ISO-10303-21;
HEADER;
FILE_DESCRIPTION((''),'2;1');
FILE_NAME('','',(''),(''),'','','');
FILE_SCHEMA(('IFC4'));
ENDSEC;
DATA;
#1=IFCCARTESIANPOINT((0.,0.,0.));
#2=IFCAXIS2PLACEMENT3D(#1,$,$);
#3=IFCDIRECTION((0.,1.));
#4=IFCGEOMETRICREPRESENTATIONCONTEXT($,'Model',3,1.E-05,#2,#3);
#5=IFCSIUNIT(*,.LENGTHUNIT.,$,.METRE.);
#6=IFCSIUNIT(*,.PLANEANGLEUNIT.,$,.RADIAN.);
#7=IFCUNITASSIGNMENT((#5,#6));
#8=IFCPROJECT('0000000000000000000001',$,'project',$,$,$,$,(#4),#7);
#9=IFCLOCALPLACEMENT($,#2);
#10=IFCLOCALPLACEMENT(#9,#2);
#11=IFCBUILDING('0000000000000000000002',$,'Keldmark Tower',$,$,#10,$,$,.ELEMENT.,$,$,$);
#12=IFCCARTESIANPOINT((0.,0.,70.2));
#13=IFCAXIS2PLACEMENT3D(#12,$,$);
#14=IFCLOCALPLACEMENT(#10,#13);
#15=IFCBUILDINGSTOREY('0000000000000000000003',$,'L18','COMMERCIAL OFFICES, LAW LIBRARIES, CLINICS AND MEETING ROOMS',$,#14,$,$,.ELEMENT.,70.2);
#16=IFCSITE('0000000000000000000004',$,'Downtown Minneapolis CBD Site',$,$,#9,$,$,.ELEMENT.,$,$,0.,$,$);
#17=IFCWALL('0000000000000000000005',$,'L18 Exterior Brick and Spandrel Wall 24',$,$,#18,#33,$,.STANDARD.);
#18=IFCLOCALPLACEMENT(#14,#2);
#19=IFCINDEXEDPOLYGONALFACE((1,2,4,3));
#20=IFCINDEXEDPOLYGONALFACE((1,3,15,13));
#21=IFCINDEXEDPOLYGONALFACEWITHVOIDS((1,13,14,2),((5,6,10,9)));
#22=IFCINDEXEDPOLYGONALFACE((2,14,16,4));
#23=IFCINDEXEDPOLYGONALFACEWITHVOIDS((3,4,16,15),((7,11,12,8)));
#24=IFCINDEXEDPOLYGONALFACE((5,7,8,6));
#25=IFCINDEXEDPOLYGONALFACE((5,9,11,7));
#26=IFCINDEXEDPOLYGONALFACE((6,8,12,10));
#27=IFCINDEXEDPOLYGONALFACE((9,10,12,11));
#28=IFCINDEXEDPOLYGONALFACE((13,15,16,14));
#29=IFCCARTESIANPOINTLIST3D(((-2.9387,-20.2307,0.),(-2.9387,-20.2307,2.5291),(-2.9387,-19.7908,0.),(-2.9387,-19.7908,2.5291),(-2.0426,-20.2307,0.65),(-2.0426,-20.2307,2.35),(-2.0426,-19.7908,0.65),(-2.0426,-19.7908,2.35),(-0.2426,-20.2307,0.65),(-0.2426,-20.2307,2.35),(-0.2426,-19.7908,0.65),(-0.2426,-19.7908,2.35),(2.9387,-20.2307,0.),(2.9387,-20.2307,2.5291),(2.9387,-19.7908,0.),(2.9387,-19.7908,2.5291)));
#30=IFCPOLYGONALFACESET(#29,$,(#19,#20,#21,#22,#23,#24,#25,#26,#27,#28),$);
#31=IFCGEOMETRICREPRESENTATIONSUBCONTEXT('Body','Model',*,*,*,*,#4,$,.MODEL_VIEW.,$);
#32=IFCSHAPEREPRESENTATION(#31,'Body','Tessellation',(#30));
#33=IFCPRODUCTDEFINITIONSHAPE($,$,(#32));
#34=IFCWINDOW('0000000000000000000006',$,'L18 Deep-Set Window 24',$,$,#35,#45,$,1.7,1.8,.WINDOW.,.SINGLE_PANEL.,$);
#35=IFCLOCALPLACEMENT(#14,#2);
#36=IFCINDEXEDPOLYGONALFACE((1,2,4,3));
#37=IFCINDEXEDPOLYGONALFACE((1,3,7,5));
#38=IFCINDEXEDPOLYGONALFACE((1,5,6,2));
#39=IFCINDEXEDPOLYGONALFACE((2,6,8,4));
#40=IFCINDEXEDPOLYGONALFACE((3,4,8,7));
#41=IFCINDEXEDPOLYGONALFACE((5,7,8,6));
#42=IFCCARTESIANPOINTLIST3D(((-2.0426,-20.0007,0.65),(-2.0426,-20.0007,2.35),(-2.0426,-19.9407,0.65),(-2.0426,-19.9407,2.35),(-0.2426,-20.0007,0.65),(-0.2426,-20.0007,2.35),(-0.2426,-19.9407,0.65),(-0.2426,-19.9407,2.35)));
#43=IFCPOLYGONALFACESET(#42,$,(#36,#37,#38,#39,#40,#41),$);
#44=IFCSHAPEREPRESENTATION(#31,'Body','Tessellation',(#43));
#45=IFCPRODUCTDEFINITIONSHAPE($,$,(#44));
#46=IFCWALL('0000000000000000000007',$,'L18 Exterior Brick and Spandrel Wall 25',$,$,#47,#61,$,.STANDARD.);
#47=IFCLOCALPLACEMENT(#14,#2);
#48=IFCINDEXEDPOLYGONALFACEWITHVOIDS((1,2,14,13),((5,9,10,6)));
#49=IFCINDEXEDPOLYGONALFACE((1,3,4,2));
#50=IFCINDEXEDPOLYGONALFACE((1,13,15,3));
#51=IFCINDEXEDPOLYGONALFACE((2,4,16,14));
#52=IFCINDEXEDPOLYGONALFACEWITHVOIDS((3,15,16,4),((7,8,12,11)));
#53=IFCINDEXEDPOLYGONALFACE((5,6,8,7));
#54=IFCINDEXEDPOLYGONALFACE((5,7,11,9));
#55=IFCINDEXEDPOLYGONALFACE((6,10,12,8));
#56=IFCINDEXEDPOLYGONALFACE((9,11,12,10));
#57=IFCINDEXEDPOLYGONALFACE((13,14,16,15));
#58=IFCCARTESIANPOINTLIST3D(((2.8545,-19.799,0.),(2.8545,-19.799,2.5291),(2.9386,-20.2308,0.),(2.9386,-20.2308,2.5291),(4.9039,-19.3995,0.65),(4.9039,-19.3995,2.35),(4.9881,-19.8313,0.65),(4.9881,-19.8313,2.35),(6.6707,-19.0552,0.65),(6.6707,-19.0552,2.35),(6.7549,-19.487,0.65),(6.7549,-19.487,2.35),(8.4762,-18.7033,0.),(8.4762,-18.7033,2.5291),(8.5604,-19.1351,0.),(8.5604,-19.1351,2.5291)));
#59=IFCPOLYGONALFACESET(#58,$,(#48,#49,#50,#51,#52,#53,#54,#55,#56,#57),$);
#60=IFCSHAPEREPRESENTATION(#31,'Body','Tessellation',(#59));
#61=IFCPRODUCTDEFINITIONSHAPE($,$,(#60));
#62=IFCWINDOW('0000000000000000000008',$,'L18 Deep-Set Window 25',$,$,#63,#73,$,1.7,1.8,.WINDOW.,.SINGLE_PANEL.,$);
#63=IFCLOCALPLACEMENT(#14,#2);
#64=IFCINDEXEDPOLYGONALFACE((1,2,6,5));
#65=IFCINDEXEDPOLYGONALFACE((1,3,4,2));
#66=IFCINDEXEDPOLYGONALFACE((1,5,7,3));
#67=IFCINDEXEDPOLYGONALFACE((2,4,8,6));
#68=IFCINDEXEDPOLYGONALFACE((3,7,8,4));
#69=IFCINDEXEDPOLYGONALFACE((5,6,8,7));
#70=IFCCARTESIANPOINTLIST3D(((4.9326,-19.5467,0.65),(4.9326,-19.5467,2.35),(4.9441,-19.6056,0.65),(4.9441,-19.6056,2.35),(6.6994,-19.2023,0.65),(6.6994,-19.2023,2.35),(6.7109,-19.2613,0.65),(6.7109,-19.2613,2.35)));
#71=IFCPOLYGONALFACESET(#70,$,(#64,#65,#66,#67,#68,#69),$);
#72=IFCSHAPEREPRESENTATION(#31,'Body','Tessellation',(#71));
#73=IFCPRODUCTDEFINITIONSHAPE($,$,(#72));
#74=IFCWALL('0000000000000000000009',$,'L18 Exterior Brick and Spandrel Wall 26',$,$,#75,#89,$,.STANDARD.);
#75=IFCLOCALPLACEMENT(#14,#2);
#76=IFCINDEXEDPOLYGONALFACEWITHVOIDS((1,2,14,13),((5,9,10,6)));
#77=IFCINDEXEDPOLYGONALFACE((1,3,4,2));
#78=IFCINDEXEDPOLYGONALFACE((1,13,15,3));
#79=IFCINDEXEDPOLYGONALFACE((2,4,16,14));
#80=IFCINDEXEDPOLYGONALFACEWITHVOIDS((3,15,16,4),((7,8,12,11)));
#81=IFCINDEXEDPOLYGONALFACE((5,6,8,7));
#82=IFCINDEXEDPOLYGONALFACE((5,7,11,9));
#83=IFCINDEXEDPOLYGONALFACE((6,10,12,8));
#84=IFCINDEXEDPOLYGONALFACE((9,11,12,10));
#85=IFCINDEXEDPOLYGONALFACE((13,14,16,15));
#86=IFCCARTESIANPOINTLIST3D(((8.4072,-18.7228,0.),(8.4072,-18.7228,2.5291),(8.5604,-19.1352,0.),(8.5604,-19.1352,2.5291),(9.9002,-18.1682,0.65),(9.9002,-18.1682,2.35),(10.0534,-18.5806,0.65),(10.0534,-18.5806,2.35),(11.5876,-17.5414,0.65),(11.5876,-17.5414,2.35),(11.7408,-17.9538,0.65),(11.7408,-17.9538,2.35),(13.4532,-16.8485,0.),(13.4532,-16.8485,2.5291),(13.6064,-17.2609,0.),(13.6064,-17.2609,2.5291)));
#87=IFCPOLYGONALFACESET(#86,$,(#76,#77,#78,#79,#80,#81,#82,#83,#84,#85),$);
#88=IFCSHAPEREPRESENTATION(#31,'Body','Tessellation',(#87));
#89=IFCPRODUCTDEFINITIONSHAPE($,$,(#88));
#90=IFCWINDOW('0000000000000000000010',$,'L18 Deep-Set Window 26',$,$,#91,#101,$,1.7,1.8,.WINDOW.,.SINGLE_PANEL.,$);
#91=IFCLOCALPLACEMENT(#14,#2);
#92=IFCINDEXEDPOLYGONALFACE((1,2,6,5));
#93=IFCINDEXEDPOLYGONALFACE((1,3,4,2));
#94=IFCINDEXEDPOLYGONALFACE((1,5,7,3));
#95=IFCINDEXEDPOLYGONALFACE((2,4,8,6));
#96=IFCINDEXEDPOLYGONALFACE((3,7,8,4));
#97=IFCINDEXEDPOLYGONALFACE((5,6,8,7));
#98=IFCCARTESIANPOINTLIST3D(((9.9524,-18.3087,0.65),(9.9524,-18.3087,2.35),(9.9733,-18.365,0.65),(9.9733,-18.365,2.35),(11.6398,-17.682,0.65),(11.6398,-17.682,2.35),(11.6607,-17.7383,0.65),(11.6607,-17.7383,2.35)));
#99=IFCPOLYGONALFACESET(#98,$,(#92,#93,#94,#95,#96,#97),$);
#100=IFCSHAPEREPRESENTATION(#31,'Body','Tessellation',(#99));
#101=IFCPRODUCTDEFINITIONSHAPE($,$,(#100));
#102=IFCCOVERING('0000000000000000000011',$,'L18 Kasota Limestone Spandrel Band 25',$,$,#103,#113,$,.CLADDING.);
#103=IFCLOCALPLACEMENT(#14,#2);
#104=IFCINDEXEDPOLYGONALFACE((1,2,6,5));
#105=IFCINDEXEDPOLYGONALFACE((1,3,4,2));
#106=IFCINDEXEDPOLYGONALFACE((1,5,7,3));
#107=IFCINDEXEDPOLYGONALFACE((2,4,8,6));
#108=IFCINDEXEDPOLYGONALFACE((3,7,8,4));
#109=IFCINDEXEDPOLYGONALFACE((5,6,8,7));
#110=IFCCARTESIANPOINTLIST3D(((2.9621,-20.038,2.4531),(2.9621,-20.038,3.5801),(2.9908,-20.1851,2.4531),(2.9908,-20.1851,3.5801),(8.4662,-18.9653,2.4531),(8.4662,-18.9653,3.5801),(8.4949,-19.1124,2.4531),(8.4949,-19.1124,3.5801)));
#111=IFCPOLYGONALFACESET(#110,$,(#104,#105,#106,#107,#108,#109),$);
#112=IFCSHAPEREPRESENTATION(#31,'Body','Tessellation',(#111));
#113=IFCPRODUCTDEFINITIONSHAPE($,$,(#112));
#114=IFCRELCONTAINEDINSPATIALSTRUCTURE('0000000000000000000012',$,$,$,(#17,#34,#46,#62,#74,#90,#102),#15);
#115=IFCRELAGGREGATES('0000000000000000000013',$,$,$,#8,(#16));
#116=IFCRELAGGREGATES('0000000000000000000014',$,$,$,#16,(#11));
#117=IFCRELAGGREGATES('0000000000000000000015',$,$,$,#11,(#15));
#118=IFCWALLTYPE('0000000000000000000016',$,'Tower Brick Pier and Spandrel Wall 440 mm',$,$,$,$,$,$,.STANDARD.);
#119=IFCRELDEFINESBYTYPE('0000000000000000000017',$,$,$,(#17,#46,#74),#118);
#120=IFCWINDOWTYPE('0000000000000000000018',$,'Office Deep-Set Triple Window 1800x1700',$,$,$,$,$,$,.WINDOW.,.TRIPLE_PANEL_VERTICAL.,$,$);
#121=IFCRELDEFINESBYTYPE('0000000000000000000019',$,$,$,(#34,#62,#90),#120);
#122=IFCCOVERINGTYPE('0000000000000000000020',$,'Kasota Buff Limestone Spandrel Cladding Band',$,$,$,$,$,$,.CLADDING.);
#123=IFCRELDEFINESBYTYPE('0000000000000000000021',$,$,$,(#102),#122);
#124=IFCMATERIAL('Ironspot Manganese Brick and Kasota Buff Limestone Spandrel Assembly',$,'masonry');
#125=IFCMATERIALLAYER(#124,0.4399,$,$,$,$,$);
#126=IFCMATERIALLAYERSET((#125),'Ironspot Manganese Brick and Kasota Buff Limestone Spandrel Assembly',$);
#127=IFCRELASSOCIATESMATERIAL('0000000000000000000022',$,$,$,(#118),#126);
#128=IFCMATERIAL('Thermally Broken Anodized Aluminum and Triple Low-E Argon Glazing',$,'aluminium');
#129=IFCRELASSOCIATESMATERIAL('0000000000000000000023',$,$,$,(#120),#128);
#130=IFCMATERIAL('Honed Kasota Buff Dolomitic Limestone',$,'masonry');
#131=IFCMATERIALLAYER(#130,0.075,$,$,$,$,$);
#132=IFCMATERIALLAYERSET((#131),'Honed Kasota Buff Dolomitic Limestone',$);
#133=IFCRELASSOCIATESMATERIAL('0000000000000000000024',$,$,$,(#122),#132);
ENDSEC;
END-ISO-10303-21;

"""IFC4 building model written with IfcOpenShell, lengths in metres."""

from ifc_helpers import new_model, si_unit, direction, frame, frame_2d, origin, origin_2d, place, context, subcontext, project, spatial, rectangle, extrude, material, layer, layer_set, type_object, element, fill, save


model = new_model("IFC4")

# Units and contexts
model_context = context("Model", 3, precision=1e-05, world=origin(), true_north=direction((0.0, 1.0)))
body_context = subcontext(model_context, "Body", "Model", "MODEL_VIEW")
ifc_project = project(units=[si_unit("LENGTHUNIT", "METRE"), si_unit("PLANEANGLEUNIT", "RADIAN")], contexts=[model_context])

# Site, building, storey
site_placement = place(None, origin())
site = spatial("IfcSite", under=ifc_project, at=site_placement, Name="Downtown Minneapolis CBD Site", CompositionType="ELEMENT", RefElevation=0.0)
building_placement = place(site_placement, origin())
building = spatial("IfcBuilding", under=site, at=building_placement, Name="Keldmark Tower", CompositionType="ELEMENT")
storey_placement = place(building_placement, frame((0.0, 0.0, 70.2)))
storey = spatial("IfcBuildingStorey", under=building, at=storey_placement, Name="L18", Description="COMMERCIAL OFFICES, LAW LIBRARIES, CLINICS AND MEETING ROOMS", CompositionType="ELEMENT", Elevation=70.2)

# Walls, openings, windows
ifc_material_1 = material(Name="Ironspot Manganese Brick and Kasota Buff Limestone Spandrel Assembly", Category="masonry")
ifc_layer_1 = layer(ifc_material_1, 0.4399)
ifc_layer_set_1 = layer_set([ifc_layer_1], Name="Ironspot Manganese Brick and Kasota Buff Limestone Spandrel Assembly")
wall_type_1 = type_object("IfcWallType", Name="Tower Brick Pier and Spandrel Wall 440 mm", PredefinedType="STANDARD", material=ifc_layer_set_1)
ifc_material_2 = material(Name="Thermally Broken Anodized Aluminum and Triple Low-E Argon Glazing", Category="aluminium")
window_type = type_object("IfcWindowType", Name="Office Deep-Set Triple Window 1800x1700", PartitioningType="TRIPLE_PANEL_VERTICAL", PredefinedType="WINDOW", material=ifc_material_2)
wall_1_placement = place(storey_placement, frame((2.9387, -20.0107, 0.0), z_axis=(0.0, 0.0, 1.0), x_axis=(-1.0, 0.0, 0.0)))
wall_1 = element("IfcWall", 1, at=wall_1_placement, inside=storey, type_object=wall_type_1, Name="L18 Exterior Brick and Spandrel Wall 24", PredefinedType="STANDARD", context=body_context, shape_type="SweptSolid", body=[
    extrude(rectangle(XDim=5.8774, YDim=0.4399, at=frame_2d((2.9387, 0.0))), origin(), (0.0, 0.0, 1.0), 2.5291),
])
opening_1_placement = place(wall_1_placement, frame((3.1814, 0.0, 0.6499)))
opening_1 = element("IfcOpeningElement", 2, at=opening_1_placement, cuts=wall_1, PredefinedType="OPENING", context=body_context, shape_type="SweptSolid", body=[
    extrude(rectangle(XDim=1.8, YDim=1.7, at=frame_2d((0.8999, 0.8501))), frame((0.0, 0.23, 0.0), z_axis=(0.0, -1.0, 0.0), x_axis=(1.0, 0.0, 0.0)), (0.0, 0.0, 1.0), 0.46),
])
window_1_placement = place(opening_1_placement, origin())
window_1 = element("IfcWindow", 3, at=window_1_placement, inside=storey, type_object=window_type, Name="L18 Deep-Set Window 24", OverallHeight=1.7, OverallWidth=1.8, PartitioningType="SINGLE_PANEL", PredefinedType="WINDOW", context=body_context, shape_type="SweptSolid", body=[
    extrude(rectangle(XDim=1.8, YDim=1.7, at=frame_2d((0.8999, 0.8501))), frame((0.0, -0.01, 0.0), z_axis=(0.0, -1.0, 0.0), x_axis=(1.0, 0.0, 0.0)), (0.0, 0.0, 1.0), 0.0601),
])
fill(opening_1, window_1)
wall_2_placement = place(storey_placement, frame((8.5183, -18.9192, 0.0), z_axis=(0.0, 0.0, 1.0), x_axis=(-0.981531, -0.191302, 0.0)))
wall_2 = element("IfcWall", 4, at=wall_2_placement, inside=storey, type_object=wall_type_1, Name="L18 Exterior Brick and Spandrel Wall 25", PredefinedType="STANDARD", context=body_context, shape_type="SweptSolid", body=[
    extrude(rectangle(XDim=5.7275, YDim=0.4399, at=frame_2d((2.8638, 0.0))), origin(), (0.0, 0.0, 1.0), 2.5291),
])
opening_2_placement = place(wall_2_placement, frame((1.8396, 0.0, 0.6499)))
opening_2 = element("IfcOpeningElement", 5, at=opening_2_placement, cuts=wall_2, PredefinedType="OPENING", context=body_context, shape_type="SweptSolid", body=[
    extrude(rectangle(XDim=1.8, YDim=1.7, at=frame_2d((0.8999, 0.8501))), frame((0.0, 0.23, 0.0), z_axis=(0.0, -1.0, 0.0), x_axis=(1.0, 0.0, 0.0)), (0.0, 0.0, 1.0), 0.46),
])
window_2_placement = place(opening_2_placement, origin())
window_2 = element("IfcWindow", 6, at=window_2_placement, inside=storey, type_object=window_type, Name="L18 Deep-Set Window 25", OverallHeight=1.7, OverallWidth=1.8, PartitioningType="SINGLE_PANEL", PredefinedType="WINDOW", context=body_context, shape_type="SweptSolid", body=[
    extrude(rectangle(XDim=1.8, YDim=1.7, at=frame_2d((0.8999, 0.8501))), frame((0.0, -0.01, 0.0), z_axis=(0.0, -1.0, 0.0), x_axis=(1.0, 0.0, 0.0)), (0.0, 0.0, 1.0), 0.0601),
])
fill(opening_2, window_2)
wall_3_placement = place(storey_placement, frame((13.5298, -17.0547, 0.0), z_axis=(0.0, 0.0, 1.0), x_axis=(-0.937421, -0.348199, 0.0)))
wall_3 = element("IfcWall", 7, at=wall_3_placement, inside=storey, type_object=wall_type_1, Name="L18 Exterior Brick and Spandrel Wall 26", PredefinedType="STANDARD", context=body_context, shape_type="SweptSolid", body=[
    extrude(rectangle(XDim=5.3828, YDim=0.4399, at=frame_2d((2.6914, 0.0))), origin(), (0.0, 0.0, 1.0), 2.5291),
])
opening_3_placement = place(wall_3_placement, frame((1.9902, 0.0, 0.6499)))
opening_3 = element("IfcOpeningElement", 8, at=opening_3_placement, cuts=wall_3, PredefinedType="OPENING", context=body_context, shape_type="SweptSolid", body=[
    extrude(rectangle(XDim=1.8, YDim=1.7, at=frame_2d((0.8999, 0.8501))), frame((0.0, 0.23, 0.0), z_axis=(0.0, -1.0, 0.0), x_axis=(1.0, 0.0, 0.0)), (0.0, 0.0, 1.0), 0.46),
])
window_3_placement = place(opening_3_placement, origin())
window_3 = element("IfcWindow", 9, at=window_3_placement, inside=storey, type_object=window_type, Name="L18 Deep-Set Window 26", OverallHeight=1.7, OverallWidth=1.8, PartitioningType="SINGLE_PANEL", PredefinedType="WINDOW", context=body_context, shape_type="SweptSolid", body=[
    extrude(rectangle(XDim=1.8, YDim=1.7, at=frame_2d((0.8999, 0.8501))), frame((0.0, -0.01, 0.0), z_axis=(0.0, -1.0, 0.0), x_axis=(1.0, 0.0, 0.0)), (0.0, 0.0, 1.0), 0.0601),
])
fill(opening_3, window_3)

# Covering
ifc_material_3 = material(Name="Honed Kasota Buff Dolomitic Limestone", Category="masonry")
ifc_layer_2 = layer(ifc_material_3, 0.075)
ifc_layer_set_2 = layer_set([ifc_layer_2], Name="Honed Kasota Buff Dolomitic Limestone")
covering_type = type_object("IfcCoveringType", Name="Kasota Buff Limestone Spandrel Cladding Band", PredefinedType="CLADDING", material=ifc_layer_set_2)
covering_placement = place(storey_placement, frame((5.7285, -19.5752, 2.4531), z_axis=(0.0, 0.0, 1.0), x_axis=(0.981534, 0.191289, 0.0)))
element("IfcCovering", 10, at=covering_placement, inside=storey, type_object=covering_type, Name="L18 Kasota Limestone Spandrel Band 25", PredefinedType="CLADDING", context=body_context, shape_type="SweptSolid", body=[
    extrude(rectangle(XDim=5.6077, YDim=0.1499, at=origin_2d()), origin(), (0.0, 0.0, 1.0), 1.127),
])

save(model, "model.ifc")
